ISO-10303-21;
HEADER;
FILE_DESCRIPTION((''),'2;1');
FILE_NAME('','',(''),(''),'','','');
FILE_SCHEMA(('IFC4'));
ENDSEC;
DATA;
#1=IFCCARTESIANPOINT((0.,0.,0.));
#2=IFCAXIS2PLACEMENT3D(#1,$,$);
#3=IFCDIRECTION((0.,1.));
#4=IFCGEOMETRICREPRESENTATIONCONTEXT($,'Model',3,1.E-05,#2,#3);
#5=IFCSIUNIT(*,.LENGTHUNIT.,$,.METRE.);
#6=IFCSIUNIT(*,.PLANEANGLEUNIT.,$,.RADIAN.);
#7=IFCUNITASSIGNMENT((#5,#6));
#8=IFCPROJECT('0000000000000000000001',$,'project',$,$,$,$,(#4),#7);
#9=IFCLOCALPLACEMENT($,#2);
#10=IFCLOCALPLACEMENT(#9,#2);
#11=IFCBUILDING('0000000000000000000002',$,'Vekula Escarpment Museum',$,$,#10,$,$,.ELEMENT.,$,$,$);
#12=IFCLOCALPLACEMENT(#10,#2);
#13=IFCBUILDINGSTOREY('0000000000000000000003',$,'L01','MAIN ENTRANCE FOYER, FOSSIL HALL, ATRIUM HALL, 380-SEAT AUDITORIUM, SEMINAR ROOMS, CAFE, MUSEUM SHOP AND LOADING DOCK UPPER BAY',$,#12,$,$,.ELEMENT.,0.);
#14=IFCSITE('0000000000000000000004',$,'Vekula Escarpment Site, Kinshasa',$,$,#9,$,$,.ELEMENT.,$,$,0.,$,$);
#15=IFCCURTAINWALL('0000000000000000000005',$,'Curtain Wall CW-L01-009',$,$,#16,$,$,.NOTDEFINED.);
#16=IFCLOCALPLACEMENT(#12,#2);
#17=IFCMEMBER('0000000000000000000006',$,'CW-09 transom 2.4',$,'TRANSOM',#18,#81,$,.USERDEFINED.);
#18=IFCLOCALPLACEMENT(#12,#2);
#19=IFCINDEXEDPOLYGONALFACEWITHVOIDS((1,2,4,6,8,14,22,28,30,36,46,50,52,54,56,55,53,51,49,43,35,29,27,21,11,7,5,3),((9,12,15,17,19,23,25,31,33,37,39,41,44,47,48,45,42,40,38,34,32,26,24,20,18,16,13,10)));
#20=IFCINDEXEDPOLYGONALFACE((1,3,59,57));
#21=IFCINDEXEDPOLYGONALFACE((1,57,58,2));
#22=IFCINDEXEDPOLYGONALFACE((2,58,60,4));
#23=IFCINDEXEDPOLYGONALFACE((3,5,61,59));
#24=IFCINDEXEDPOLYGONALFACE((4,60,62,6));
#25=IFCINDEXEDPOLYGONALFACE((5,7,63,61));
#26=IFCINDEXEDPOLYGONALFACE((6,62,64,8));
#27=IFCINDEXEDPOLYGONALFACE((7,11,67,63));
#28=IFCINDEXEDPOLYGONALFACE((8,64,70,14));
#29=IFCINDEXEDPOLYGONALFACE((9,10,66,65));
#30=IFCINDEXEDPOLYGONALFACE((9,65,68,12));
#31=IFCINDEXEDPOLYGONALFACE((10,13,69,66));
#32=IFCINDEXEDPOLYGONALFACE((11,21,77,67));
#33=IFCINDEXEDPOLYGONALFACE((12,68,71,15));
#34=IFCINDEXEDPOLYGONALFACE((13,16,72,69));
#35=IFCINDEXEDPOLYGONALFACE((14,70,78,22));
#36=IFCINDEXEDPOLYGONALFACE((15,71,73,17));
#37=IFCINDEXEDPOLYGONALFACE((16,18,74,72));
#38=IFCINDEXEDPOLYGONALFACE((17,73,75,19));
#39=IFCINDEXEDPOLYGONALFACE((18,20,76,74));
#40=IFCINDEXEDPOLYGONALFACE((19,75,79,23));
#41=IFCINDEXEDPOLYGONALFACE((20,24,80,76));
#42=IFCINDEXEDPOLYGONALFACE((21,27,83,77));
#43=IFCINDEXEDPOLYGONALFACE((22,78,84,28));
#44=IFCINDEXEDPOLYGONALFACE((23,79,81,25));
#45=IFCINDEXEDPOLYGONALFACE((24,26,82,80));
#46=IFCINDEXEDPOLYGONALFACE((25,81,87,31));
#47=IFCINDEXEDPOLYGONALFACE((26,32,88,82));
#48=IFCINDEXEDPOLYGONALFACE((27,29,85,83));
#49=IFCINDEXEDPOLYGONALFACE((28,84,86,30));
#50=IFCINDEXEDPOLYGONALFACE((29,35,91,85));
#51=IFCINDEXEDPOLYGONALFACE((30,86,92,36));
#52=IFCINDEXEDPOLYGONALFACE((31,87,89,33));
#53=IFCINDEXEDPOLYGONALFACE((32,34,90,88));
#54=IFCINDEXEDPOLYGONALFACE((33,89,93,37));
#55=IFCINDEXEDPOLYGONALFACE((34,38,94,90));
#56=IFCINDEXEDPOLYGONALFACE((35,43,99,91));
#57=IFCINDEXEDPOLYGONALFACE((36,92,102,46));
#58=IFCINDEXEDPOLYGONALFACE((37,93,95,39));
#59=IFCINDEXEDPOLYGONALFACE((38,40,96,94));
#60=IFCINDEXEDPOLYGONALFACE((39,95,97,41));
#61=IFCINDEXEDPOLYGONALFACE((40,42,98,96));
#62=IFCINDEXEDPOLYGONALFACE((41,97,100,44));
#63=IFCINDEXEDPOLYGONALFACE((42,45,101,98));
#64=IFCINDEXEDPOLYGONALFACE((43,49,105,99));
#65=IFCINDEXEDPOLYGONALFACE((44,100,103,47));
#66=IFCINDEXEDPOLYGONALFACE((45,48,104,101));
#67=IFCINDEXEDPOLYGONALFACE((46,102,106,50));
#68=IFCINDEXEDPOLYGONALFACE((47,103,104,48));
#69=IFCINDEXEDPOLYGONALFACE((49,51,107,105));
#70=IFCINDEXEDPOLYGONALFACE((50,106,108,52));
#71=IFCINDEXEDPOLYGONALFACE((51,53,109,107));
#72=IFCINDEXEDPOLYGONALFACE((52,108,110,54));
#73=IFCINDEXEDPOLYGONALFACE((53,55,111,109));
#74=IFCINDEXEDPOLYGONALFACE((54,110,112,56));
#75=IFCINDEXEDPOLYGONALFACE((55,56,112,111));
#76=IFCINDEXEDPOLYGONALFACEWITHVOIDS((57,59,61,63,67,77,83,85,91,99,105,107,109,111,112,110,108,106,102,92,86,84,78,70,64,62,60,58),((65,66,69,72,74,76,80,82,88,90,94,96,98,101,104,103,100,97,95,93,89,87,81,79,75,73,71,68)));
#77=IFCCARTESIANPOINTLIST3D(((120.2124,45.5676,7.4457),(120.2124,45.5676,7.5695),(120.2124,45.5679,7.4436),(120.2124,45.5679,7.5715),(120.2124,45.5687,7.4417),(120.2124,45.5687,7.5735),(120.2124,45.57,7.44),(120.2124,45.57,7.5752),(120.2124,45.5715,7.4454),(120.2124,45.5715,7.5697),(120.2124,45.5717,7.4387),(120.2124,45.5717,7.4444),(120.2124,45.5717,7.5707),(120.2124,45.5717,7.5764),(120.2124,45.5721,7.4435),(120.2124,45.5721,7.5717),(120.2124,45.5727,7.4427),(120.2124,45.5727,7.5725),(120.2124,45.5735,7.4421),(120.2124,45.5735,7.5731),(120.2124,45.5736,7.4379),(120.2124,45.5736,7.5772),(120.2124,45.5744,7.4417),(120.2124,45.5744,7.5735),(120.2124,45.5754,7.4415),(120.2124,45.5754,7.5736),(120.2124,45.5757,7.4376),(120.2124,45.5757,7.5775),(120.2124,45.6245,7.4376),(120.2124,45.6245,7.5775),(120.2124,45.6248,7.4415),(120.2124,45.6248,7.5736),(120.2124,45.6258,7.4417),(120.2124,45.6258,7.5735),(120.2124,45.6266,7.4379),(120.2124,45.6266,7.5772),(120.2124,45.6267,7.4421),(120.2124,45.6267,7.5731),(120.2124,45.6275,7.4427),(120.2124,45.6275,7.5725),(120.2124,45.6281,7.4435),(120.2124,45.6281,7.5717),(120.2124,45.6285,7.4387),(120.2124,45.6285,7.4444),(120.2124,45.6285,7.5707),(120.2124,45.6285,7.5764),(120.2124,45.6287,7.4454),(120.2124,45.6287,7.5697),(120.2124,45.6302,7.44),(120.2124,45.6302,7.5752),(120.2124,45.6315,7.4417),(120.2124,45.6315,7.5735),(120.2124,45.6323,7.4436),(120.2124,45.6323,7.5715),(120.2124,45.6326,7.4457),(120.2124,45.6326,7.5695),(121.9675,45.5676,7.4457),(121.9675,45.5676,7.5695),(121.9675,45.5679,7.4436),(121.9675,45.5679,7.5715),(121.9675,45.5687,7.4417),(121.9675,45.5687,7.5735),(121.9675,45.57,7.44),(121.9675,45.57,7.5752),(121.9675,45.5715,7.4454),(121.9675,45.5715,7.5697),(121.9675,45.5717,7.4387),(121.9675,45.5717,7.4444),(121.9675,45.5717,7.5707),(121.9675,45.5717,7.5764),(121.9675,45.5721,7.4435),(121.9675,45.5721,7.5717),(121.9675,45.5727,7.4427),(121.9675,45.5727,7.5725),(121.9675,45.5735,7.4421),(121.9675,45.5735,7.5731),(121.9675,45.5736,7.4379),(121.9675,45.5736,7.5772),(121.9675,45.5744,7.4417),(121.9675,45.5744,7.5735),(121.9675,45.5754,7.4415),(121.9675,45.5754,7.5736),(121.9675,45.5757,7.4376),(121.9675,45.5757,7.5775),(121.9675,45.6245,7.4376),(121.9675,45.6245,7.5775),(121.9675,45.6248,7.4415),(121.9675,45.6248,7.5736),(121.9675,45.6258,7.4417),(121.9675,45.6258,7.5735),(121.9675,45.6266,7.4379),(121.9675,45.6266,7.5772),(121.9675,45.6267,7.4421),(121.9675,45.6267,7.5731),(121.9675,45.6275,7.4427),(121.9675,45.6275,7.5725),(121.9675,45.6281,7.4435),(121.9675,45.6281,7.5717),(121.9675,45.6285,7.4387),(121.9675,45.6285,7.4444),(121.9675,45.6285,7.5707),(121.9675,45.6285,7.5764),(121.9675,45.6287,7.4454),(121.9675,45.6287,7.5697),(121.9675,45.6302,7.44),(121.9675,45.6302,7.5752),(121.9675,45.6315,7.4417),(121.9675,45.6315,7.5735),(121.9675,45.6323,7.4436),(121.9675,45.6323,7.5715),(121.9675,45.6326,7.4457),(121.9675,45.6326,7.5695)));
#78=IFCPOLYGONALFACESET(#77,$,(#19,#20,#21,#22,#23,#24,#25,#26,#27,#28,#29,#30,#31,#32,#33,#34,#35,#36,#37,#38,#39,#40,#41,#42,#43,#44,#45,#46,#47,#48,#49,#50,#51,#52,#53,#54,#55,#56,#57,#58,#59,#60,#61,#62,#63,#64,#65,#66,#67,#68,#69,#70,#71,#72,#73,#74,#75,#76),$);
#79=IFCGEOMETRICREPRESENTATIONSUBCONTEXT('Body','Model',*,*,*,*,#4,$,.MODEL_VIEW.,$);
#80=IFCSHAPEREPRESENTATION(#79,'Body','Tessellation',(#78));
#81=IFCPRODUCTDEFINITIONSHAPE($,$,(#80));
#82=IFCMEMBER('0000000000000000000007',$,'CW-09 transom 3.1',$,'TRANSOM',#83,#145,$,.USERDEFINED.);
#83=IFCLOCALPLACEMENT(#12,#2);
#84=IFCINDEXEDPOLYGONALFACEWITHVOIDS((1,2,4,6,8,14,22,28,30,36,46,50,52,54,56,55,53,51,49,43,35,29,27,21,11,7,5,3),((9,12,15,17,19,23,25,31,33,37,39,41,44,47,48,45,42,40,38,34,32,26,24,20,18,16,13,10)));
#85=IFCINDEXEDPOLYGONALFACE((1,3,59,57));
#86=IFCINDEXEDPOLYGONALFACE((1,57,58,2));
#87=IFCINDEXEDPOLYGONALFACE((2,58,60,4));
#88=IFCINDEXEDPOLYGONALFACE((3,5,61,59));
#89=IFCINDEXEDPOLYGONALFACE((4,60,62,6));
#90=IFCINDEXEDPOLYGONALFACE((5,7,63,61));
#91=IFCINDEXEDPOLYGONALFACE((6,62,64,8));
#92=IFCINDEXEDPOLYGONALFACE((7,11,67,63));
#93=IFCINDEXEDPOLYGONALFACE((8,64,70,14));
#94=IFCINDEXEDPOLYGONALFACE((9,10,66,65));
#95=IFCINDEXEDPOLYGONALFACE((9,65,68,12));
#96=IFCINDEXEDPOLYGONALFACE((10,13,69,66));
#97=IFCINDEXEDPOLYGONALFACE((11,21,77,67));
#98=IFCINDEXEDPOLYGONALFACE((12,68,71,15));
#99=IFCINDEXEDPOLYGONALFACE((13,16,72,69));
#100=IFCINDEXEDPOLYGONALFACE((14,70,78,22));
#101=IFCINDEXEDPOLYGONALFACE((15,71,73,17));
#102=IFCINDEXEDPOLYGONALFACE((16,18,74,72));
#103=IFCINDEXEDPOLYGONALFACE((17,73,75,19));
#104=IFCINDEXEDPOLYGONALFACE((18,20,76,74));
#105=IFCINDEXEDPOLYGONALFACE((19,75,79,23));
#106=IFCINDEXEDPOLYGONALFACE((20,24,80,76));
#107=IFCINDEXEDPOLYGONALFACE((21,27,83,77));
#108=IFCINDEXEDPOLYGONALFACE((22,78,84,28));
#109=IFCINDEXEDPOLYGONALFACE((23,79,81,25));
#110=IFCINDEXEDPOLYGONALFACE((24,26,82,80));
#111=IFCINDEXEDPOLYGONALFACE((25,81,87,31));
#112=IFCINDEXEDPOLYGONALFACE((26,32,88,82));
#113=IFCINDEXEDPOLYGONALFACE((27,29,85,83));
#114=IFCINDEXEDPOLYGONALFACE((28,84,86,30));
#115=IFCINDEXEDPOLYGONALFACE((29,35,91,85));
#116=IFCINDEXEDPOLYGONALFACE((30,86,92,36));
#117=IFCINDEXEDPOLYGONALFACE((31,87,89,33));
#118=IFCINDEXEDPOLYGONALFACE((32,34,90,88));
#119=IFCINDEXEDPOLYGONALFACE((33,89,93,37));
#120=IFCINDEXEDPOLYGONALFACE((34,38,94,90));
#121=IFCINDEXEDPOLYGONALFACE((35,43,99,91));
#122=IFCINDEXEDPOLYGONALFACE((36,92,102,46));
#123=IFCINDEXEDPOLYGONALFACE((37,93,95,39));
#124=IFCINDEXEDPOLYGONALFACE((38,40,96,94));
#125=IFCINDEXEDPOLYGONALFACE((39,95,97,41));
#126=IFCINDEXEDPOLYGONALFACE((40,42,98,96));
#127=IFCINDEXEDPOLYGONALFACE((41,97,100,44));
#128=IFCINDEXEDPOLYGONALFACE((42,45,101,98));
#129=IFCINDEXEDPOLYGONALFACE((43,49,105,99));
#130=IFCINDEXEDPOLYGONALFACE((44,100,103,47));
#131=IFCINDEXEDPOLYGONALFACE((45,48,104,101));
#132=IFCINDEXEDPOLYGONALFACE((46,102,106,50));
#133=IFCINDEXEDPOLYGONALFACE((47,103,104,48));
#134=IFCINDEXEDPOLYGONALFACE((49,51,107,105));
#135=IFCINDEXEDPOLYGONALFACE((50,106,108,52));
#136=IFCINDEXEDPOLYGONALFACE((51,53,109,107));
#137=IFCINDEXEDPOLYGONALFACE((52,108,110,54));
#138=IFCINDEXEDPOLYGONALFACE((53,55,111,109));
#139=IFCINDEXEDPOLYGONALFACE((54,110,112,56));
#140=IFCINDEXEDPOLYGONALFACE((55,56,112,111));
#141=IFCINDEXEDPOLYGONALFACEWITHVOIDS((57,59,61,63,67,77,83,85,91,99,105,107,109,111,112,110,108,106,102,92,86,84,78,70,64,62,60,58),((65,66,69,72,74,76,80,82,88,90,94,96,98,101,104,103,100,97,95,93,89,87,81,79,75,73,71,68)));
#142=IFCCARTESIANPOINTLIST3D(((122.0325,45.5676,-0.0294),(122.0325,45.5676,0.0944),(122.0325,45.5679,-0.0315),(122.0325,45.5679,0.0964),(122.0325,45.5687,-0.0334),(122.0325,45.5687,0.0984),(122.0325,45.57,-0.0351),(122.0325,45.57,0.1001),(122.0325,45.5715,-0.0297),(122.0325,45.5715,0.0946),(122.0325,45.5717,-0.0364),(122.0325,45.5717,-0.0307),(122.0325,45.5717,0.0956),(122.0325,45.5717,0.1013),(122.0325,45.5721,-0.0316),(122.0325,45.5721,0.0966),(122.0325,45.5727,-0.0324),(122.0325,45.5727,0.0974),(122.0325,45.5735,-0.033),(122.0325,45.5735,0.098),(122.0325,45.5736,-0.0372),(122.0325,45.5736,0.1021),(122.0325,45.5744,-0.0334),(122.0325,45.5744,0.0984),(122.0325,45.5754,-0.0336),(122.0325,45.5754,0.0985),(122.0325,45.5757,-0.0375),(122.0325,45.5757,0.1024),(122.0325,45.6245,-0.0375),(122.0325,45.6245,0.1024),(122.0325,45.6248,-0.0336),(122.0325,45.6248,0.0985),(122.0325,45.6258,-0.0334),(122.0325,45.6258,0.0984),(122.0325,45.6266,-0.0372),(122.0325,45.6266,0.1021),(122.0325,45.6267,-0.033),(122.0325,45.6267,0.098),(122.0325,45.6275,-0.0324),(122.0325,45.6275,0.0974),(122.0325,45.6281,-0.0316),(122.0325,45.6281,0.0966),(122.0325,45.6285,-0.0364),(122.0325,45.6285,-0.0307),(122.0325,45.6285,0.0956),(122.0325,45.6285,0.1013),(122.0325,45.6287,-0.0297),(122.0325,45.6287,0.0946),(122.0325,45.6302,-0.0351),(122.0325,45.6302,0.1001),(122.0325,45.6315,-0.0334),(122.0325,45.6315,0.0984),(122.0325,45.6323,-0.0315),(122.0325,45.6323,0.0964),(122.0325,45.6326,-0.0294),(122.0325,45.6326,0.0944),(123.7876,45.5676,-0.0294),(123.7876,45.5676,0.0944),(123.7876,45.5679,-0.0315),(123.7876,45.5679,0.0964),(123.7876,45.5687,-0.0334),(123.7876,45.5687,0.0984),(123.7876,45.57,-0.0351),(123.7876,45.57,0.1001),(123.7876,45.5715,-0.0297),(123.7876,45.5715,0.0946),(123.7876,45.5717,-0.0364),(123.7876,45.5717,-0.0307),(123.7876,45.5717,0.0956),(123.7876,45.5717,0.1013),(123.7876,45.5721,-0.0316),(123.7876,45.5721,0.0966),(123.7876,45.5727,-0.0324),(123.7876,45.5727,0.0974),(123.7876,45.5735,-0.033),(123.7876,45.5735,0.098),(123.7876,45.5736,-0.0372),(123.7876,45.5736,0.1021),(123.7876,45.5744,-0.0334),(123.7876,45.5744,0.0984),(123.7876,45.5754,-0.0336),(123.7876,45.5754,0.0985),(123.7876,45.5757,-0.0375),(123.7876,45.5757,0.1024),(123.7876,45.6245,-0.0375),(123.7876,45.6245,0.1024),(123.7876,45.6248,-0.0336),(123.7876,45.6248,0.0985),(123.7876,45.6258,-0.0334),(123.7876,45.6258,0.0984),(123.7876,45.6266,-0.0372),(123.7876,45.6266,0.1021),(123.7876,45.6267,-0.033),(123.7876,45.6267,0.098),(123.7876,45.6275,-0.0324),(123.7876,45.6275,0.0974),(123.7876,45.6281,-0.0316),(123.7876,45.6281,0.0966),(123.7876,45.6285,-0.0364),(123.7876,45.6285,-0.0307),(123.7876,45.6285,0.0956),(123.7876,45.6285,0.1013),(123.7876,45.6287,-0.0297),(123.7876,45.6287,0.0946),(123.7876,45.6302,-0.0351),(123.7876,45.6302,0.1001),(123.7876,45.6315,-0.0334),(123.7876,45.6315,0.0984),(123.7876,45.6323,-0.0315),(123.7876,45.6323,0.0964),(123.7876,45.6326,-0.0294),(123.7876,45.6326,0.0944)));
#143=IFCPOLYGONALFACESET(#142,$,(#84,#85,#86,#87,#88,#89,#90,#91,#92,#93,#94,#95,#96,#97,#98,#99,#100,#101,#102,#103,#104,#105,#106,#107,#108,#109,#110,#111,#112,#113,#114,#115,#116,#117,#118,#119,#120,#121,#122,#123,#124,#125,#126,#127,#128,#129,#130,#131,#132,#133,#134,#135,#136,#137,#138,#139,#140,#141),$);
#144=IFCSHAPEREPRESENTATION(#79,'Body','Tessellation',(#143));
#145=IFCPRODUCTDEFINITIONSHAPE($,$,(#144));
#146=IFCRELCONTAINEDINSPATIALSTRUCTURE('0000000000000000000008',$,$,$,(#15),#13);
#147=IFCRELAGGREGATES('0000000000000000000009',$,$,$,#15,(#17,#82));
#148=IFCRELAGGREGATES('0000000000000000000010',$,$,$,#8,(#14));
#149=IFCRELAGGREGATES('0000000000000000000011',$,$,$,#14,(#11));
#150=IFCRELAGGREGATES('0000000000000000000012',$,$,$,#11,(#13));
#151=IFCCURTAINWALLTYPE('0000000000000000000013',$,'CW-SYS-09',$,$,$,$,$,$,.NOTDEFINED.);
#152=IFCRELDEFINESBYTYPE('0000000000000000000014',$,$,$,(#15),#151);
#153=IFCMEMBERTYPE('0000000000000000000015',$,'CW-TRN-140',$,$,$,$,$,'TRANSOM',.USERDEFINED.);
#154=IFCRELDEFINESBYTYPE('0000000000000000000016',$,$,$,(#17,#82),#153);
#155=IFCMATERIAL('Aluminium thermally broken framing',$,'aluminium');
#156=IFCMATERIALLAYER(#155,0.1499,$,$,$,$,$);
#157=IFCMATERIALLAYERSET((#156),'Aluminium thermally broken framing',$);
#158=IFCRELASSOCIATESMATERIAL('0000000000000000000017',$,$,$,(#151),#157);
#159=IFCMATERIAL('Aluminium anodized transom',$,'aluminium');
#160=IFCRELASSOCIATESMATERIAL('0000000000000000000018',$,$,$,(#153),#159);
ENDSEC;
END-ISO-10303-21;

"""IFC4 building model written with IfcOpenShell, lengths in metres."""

from ifc_helpers import new_model, si_unit, direction, frame, origin, origin_2d, place, context, subcontext, project, spatial, hollow_rectangle, extrude, material, layer, layer_set, material_profile, profile_set, type_object, element, aggregate, save


model = new_model("IFC4")

# Units and contexts
model_context = context("Model", 3, precision=1e-05, world=origin(), true_north=direction((0.0, 1.0)))
body_context = subcontext(model_context, "Body", "Model", "MODEL_VIEW")
ifc_project = project(units=[si_unit("LENGTHUNIT", "METRE"), si_unit("PLANEANGLEUNIT", "RADIAN")], contexts=[model_context])

# Site, building, storey
site_placement = place(None, origin())
site = spatial("IfcSite", under=ifc_project, at=site_placement, Name="Vekula Escarpment Site, Kinshasa", CompositionType="ELEMENT", RefElevation=0.0)
building_placement = place(site_placement, origin())
building = spatial("IfcBuilding", under=site, at=building_placement, Name="Vekula Escarpment Museum", CompositionType="ELEMENT")
storey_placement = place(building_placement, origin())
storey = spatial("IfcBuildingStorey", under=building, at=storey_placement, Name="L01", Description="MAIN ENTRANCE FOYER, FOSSIL HALL, ATRIUM HALL, 380-SEAT AUDITORIUM, SEMINAR ROOMS, CAFE, MUSEUM SHOP AND LOADING DOCK UPPER BAY", CompositionType="ELEMENT", Elevation=0.0)

# Curtain wall, members
ifc_material_1 = material(Name="Aluminium thermally broken framing", Category="aluminium")
ifc_layer_1 = layer(ifc_material_1, 0.1499)
ifc_layer_set_1 = layer_set([ifc_layer_1], Name="Aluminium thermally broken framing")
curtain_wall_type = type_object("IfcCurtainWallType", Name="CW-SYS-09", PredefinedType="NOTDEFINED", material=ifc_layer_set_1)
curtain_wall_placement = place(storey_placement, origin())
curtain_wall = element("IfcCurtainWall", 1, at=curtain_wall_placement, inside=storey, type_object=curtain_wall_type, Name="Curtain Wall CW-L01-009", PredefinedType="NOTDEFINED")
ifc_material_2 = material(Name="Aluminium anodized transom", Category="aluminium")
ifc_material_profile_1 = material_profile(ifc_material_2, hollow_rectangle(XDim=0.0649, YDim=0.1399, WallThickness=0.0039, InnerFilletRadius=0.0039, OuterFilletRadius=0.0081, at=origin_2d()), Name="ALU 140x65x4")
ifc_profile_set_1 = profile_set([ifc_material_profile_1], Name="Aluminium anodized transom")
member_type_1 = type_object("IfcMemberType", Name="CW-TRN-140", ElementType="TRANSOM", PredefinedType="USERDEFINED", material=ifc_profile_set_1)
member_1_placement = place(storey_placement, frame((120.2124, 45.6001, 7.5076), z_axis=(1.0, 0.0, 0.0), x_axis=(0.0, 1.0, 0.0)))
member_1 = element("IfcMember", 2, at=member_1_placement, type_object=member_type_1, Name="CW-09 transom 2.4", ObjectType="TRANSOM", PredefinedType="USERDEFINED", context=body_context, shape_type="SweptSolid", body=[
    extrude(hollow_rectangle(XDim=0.0649, YDim=0.1399, WallThickness=0.0039, InnerFilletRadius=0.0039, OuterFilletRadius=0.0081, at=origin_2d()), origin(), (0.0, 0.0, 1.0), 1.7551),
])
member_2_placement = place(storey_placement, frame((122.0325, 45.6001, 0.0325), z_axis=(1.0, 0.0, 0.0), x_axis=(0.0, 1.0, 0.0)))
member_2 = element("IfcMember", 3, at=member_2_placement, type_object=member_type_1, Name="CW-09 transom 3.1", ObjectType="TRANSOM", PredefinedType="USERDEFINED", context=body_context, shape_type="SweptSolid", body=[
    extrude(hollow_rectangle(XDim=0.0649, YDim=0.1399, WallThickness=0.0039, InnerFilletRadius=0.0039, OuterFilletRadius=0.0081, at=origin_2d()), origin(), (0.0, 0.0, 1.0), 1.7551),
])

aggregate(curtain_wall, [member_1, member_2])

save(model, "model.ifc")
